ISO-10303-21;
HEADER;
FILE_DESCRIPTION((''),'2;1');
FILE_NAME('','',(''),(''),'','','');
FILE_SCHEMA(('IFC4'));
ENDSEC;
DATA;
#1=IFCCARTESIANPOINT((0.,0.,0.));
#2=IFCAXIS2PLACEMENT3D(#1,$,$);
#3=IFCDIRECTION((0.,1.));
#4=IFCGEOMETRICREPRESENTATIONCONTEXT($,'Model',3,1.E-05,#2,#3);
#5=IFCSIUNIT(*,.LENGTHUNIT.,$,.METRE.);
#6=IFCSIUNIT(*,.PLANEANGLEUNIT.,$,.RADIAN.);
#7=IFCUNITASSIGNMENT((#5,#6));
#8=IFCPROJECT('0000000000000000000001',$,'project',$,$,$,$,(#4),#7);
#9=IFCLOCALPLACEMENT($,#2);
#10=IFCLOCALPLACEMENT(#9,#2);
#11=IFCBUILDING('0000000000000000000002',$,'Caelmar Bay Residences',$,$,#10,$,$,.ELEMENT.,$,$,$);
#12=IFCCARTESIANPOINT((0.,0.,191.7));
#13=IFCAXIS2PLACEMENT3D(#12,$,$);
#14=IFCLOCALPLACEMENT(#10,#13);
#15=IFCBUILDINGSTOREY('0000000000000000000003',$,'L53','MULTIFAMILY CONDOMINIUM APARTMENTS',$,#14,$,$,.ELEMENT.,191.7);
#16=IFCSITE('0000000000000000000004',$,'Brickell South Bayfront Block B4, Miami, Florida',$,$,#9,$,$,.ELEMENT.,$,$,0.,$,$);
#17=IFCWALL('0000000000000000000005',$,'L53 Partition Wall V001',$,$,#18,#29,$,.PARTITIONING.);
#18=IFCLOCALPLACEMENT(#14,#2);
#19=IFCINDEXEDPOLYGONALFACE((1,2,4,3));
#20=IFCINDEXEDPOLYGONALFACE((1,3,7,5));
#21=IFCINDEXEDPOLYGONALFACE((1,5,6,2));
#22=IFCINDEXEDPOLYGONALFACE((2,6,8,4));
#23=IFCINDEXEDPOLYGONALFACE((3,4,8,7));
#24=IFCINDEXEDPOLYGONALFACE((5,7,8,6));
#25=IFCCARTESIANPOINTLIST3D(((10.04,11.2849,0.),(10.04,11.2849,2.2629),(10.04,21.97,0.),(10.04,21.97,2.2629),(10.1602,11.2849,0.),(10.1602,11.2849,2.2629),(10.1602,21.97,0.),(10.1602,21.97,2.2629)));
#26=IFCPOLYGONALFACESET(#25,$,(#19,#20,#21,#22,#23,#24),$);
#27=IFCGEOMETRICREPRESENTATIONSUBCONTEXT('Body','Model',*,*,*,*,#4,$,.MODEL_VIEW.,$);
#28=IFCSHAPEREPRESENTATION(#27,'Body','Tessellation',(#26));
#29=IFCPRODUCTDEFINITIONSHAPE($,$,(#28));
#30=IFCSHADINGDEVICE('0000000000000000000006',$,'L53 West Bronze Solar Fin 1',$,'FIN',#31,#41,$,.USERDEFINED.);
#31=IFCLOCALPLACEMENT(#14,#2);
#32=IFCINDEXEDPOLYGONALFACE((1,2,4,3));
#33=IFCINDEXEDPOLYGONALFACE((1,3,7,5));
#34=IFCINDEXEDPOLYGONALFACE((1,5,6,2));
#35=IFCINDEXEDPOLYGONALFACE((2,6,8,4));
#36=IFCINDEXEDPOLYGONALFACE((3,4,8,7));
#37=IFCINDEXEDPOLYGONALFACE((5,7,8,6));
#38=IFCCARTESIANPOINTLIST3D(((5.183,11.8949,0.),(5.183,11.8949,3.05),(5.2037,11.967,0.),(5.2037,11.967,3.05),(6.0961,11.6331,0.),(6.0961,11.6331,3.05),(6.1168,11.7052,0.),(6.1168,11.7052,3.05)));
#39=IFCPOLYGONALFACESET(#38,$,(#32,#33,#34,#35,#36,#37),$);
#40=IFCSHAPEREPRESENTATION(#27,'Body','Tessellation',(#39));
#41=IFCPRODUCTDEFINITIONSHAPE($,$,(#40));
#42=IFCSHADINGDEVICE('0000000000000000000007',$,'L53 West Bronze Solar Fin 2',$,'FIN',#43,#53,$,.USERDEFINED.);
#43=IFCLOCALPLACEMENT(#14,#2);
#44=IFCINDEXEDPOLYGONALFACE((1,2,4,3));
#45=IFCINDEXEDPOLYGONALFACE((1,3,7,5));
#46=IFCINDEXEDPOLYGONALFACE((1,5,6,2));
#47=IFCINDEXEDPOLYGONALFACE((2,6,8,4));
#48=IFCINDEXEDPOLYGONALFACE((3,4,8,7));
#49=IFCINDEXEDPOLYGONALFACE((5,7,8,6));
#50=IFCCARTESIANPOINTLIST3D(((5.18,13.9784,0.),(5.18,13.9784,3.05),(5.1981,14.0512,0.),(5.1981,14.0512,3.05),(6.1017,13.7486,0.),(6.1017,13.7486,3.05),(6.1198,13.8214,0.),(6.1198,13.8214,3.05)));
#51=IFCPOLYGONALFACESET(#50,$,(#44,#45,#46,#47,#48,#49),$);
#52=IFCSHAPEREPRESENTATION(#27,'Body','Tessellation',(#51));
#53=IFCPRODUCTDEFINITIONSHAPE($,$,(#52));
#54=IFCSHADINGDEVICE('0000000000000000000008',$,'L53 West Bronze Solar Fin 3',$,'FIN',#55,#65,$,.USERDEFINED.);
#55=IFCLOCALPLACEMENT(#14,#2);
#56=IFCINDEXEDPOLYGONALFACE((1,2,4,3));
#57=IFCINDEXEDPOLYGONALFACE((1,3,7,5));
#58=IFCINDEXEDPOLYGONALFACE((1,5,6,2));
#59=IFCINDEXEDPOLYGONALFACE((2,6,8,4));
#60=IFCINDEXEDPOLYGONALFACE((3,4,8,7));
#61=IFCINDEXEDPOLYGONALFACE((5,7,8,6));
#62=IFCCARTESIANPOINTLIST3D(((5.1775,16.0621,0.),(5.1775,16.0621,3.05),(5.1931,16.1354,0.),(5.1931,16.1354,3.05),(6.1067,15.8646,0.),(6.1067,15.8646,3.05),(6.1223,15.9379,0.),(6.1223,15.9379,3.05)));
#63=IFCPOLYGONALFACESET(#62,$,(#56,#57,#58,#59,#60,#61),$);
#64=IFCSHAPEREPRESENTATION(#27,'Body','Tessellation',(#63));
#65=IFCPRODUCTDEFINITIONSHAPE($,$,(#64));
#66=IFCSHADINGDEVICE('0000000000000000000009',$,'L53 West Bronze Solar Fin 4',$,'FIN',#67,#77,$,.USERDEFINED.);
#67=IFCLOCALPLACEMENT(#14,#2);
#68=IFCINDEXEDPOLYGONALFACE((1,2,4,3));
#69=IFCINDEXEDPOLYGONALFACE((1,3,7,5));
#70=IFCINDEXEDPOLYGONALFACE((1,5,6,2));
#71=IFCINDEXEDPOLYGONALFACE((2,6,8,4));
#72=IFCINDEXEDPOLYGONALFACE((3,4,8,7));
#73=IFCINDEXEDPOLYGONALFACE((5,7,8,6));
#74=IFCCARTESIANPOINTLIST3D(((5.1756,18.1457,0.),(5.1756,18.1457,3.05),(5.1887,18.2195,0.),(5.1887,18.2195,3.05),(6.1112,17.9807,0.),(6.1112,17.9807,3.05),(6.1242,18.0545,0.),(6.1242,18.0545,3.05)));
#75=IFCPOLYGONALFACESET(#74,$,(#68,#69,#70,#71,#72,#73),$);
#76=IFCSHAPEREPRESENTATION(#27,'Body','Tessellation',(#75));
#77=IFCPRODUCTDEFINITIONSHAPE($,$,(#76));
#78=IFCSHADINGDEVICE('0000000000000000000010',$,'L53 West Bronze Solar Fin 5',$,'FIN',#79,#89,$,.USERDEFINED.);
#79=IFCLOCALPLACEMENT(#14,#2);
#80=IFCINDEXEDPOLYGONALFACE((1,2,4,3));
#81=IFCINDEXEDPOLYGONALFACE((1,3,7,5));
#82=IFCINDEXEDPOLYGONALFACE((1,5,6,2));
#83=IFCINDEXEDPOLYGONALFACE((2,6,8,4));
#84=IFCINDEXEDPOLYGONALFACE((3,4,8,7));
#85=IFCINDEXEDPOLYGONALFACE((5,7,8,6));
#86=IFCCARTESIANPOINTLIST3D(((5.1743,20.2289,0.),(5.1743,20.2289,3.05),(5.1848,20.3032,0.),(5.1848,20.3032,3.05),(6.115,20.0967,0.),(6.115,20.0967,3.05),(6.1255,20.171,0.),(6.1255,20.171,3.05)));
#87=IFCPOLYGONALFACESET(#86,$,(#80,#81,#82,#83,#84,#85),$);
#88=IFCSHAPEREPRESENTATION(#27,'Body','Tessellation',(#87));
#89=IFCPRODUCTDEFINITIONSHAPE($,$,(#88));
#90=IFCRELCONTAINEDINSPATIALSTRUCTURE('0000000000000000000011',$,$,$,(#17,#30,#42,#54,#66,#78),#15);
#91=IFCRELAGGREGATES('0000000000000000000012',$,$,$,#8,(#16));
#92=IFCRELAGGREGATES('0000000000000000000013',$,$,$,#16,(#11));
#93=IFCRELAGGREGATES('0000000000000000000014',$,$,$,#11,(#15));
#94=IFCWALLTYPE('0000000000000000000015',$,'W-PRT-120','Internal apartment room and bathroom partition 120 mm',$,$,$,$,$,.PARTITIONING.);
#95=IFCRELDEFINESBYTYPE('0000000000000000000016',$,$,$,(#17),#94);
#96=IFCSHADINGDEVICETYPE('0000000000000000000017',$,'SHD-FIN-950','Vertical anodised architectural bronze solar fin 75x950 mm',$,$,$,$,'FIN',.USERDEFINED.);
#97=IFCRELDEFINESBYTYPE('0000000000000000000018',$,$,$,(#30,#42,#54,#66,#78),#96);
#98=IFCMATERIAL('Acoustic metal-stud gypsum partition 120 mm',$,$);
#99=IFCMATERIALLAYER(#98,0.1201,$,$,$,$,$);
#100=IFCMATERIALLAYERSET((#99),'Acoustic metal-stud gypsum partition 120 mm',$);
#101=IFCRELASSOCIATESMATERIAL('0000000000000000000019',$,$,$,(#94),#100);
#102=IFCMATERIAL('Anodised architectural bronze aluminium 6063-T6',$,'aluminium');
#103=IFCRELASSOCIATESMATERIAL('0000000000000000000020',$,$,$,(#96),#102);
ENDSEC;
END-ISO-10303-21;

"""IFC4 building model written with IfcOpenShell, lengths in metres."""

from ifc_helpers import new_model, si_unit, direction, frame, frame_2d, origin, origin_2d, place, context, subcontext, project, spatial, rectangle, extrude, material, layer, layer_set, material_profile, profile_set, type_object, element, save


model = new_model("IFC4")

# Units and contexts
model_context = context("Model", 3, precision=1e-05, world=origin(), true_north=direction((0.0, 1.0)))
body_context = subcontext(model_context, "Body", "Model", "MODEL_VIEW")
ifc_project = project(units=[si_unit("LENGTHUNIT", "METRE"), si_unit("PLANEANGLEUNIT", "RADIAN")], contexts=[model_context])

# Site, building, storey
site_placement = place(None, origin())
site = spatial("IfcSite", under=ifc_project, at=site_placement, Name="Brickell South Bayfront Block B4, Miami, Florida", CompositionType="ELEMENT", RefElevation=0.0)
building_placement = place(site_placement, origin())
building = spatial("IfcBuilding", under=site, at=building_placement, Name="Caelmar Bay Residences", CompositionType="ELEMENT")
storey_placement = place(building_placement, frame((0.0, 0.0, 191.7)))
storey = spatial("IfcBuildingStorey", under=building, at=storey_placement, Name="L53", Description="MULTIFAMILY CONDOMINIUM APARTMENTS", CompositionType="ELEMENT", Elevation=191.7)

# Wall
ifc_material_1 = material(Name="Acoustic metal-stud gypsum partition 120 mm")
ifc_layer_1 = layer(ifc_material_1, 0.1201)
ifc_layer_set_1 = layer_set([ifc_layer_1], Name="Acoustic metal-stud gypsum partition 120 mm")
wall_type = type_object("IfcWallType", Name="W-PRT-120", Description="Internal apartment room and bathroom partition 120 mm", PredefinedType="PARTITIONING", material=ifc_layer_set_1)
wall_placement = place(storey_placement, frame((10.1001, 11.2849, 0.0), z_axis=(0.0, 0.0, 1.0), x_axis=(0.0, 1.0, 0.0)))
element("IfcWall", 1, at=wall_placement, inside=storey, type_object=wall_type, Name="L53 Partition Wall V001", PredefinedType="PARTITIONING", context=body_context, shape_type="SweptSolid", body=[
    extrude(rectangle(XDim=10.6851, YDim=0.1201, at=frame_2d((5.3425, 0.0))), origin(), (0.0, 0.0, 1.0), 2.2629),
])

# Shading devices
ifc_material_2 = material(Name="Anodised architectural bronze aluminium 6063-T6", Category="aluminium")
ifc_material_profile_1 = material_profile(ifc_material_2, rectangle(XDim=0.075, YDim=0.95, at=origin_2d()), Name="BRONZE-FIN-75X950")
ifc_profile_set_1 = profile_set([ifc_material_profile_1], Name="Anodised architectural bronze aluminium 6063-T6")
shading_device_type = type_object("IfcShadingDeviceType", Name="SHD-FIN-950", Description="Vertical anodised architectural bronze solar fin 75x950 mm", ElementType="FIN", PredefinedType="USERDEFINED", material=ifc_profile_set_1)
for number, where, z_axis, x_axis, name in (
    (2, (5.6499, 11.8, 0.0), (0.0, 0.0, 1.0), (0.275637, 0.961262, 0.0), "L53 West Bronze Solar Fin 1"),
    (3, (5.6499, 13.8999, 0.0), (0.0, 0.0, 1.0), (0.241922, 0.970296, 0.0), "L53 West Bronze Solar Fin 2"),
    (4, (5.6499, 16.0, 0.0), (0.0, 0.0, 1.0), (0.207912, 0.978148, 0.0), "L53 West Bronze Solar Fin 3"),
    (5, (5.6499, 18.1001, 0.0), (0.0, 0.0, 1.0), (0.173648, 0.984808, 0.0), "L53 West Bronze Solar Fin 4"),
    (6, (5.6499, 20.2, 0.0), (0.0, 0.0, 1.0), (0.139173, 0.990268, 0.0), "L53 West Bronze Solar Fin 5"),
):
    element("IfcShadingDevice", number, at=place(storey_placement, frame(where, z_axis=z_axis, x_axis=x_axis)), inside=storey, type_object=shading_device_type, Name=name, ObjectType="FIN", PredefinedType="USERDEFINED", context=body_context, shape_type="SweptSolid", body=[
        extrude(rectangle(XDim=0.075, YDim=0.95, at=origin_2d()), origin(), (0.0, 0.0, 1.0), 3.05),
    ])

save(model, "model.ifc")
